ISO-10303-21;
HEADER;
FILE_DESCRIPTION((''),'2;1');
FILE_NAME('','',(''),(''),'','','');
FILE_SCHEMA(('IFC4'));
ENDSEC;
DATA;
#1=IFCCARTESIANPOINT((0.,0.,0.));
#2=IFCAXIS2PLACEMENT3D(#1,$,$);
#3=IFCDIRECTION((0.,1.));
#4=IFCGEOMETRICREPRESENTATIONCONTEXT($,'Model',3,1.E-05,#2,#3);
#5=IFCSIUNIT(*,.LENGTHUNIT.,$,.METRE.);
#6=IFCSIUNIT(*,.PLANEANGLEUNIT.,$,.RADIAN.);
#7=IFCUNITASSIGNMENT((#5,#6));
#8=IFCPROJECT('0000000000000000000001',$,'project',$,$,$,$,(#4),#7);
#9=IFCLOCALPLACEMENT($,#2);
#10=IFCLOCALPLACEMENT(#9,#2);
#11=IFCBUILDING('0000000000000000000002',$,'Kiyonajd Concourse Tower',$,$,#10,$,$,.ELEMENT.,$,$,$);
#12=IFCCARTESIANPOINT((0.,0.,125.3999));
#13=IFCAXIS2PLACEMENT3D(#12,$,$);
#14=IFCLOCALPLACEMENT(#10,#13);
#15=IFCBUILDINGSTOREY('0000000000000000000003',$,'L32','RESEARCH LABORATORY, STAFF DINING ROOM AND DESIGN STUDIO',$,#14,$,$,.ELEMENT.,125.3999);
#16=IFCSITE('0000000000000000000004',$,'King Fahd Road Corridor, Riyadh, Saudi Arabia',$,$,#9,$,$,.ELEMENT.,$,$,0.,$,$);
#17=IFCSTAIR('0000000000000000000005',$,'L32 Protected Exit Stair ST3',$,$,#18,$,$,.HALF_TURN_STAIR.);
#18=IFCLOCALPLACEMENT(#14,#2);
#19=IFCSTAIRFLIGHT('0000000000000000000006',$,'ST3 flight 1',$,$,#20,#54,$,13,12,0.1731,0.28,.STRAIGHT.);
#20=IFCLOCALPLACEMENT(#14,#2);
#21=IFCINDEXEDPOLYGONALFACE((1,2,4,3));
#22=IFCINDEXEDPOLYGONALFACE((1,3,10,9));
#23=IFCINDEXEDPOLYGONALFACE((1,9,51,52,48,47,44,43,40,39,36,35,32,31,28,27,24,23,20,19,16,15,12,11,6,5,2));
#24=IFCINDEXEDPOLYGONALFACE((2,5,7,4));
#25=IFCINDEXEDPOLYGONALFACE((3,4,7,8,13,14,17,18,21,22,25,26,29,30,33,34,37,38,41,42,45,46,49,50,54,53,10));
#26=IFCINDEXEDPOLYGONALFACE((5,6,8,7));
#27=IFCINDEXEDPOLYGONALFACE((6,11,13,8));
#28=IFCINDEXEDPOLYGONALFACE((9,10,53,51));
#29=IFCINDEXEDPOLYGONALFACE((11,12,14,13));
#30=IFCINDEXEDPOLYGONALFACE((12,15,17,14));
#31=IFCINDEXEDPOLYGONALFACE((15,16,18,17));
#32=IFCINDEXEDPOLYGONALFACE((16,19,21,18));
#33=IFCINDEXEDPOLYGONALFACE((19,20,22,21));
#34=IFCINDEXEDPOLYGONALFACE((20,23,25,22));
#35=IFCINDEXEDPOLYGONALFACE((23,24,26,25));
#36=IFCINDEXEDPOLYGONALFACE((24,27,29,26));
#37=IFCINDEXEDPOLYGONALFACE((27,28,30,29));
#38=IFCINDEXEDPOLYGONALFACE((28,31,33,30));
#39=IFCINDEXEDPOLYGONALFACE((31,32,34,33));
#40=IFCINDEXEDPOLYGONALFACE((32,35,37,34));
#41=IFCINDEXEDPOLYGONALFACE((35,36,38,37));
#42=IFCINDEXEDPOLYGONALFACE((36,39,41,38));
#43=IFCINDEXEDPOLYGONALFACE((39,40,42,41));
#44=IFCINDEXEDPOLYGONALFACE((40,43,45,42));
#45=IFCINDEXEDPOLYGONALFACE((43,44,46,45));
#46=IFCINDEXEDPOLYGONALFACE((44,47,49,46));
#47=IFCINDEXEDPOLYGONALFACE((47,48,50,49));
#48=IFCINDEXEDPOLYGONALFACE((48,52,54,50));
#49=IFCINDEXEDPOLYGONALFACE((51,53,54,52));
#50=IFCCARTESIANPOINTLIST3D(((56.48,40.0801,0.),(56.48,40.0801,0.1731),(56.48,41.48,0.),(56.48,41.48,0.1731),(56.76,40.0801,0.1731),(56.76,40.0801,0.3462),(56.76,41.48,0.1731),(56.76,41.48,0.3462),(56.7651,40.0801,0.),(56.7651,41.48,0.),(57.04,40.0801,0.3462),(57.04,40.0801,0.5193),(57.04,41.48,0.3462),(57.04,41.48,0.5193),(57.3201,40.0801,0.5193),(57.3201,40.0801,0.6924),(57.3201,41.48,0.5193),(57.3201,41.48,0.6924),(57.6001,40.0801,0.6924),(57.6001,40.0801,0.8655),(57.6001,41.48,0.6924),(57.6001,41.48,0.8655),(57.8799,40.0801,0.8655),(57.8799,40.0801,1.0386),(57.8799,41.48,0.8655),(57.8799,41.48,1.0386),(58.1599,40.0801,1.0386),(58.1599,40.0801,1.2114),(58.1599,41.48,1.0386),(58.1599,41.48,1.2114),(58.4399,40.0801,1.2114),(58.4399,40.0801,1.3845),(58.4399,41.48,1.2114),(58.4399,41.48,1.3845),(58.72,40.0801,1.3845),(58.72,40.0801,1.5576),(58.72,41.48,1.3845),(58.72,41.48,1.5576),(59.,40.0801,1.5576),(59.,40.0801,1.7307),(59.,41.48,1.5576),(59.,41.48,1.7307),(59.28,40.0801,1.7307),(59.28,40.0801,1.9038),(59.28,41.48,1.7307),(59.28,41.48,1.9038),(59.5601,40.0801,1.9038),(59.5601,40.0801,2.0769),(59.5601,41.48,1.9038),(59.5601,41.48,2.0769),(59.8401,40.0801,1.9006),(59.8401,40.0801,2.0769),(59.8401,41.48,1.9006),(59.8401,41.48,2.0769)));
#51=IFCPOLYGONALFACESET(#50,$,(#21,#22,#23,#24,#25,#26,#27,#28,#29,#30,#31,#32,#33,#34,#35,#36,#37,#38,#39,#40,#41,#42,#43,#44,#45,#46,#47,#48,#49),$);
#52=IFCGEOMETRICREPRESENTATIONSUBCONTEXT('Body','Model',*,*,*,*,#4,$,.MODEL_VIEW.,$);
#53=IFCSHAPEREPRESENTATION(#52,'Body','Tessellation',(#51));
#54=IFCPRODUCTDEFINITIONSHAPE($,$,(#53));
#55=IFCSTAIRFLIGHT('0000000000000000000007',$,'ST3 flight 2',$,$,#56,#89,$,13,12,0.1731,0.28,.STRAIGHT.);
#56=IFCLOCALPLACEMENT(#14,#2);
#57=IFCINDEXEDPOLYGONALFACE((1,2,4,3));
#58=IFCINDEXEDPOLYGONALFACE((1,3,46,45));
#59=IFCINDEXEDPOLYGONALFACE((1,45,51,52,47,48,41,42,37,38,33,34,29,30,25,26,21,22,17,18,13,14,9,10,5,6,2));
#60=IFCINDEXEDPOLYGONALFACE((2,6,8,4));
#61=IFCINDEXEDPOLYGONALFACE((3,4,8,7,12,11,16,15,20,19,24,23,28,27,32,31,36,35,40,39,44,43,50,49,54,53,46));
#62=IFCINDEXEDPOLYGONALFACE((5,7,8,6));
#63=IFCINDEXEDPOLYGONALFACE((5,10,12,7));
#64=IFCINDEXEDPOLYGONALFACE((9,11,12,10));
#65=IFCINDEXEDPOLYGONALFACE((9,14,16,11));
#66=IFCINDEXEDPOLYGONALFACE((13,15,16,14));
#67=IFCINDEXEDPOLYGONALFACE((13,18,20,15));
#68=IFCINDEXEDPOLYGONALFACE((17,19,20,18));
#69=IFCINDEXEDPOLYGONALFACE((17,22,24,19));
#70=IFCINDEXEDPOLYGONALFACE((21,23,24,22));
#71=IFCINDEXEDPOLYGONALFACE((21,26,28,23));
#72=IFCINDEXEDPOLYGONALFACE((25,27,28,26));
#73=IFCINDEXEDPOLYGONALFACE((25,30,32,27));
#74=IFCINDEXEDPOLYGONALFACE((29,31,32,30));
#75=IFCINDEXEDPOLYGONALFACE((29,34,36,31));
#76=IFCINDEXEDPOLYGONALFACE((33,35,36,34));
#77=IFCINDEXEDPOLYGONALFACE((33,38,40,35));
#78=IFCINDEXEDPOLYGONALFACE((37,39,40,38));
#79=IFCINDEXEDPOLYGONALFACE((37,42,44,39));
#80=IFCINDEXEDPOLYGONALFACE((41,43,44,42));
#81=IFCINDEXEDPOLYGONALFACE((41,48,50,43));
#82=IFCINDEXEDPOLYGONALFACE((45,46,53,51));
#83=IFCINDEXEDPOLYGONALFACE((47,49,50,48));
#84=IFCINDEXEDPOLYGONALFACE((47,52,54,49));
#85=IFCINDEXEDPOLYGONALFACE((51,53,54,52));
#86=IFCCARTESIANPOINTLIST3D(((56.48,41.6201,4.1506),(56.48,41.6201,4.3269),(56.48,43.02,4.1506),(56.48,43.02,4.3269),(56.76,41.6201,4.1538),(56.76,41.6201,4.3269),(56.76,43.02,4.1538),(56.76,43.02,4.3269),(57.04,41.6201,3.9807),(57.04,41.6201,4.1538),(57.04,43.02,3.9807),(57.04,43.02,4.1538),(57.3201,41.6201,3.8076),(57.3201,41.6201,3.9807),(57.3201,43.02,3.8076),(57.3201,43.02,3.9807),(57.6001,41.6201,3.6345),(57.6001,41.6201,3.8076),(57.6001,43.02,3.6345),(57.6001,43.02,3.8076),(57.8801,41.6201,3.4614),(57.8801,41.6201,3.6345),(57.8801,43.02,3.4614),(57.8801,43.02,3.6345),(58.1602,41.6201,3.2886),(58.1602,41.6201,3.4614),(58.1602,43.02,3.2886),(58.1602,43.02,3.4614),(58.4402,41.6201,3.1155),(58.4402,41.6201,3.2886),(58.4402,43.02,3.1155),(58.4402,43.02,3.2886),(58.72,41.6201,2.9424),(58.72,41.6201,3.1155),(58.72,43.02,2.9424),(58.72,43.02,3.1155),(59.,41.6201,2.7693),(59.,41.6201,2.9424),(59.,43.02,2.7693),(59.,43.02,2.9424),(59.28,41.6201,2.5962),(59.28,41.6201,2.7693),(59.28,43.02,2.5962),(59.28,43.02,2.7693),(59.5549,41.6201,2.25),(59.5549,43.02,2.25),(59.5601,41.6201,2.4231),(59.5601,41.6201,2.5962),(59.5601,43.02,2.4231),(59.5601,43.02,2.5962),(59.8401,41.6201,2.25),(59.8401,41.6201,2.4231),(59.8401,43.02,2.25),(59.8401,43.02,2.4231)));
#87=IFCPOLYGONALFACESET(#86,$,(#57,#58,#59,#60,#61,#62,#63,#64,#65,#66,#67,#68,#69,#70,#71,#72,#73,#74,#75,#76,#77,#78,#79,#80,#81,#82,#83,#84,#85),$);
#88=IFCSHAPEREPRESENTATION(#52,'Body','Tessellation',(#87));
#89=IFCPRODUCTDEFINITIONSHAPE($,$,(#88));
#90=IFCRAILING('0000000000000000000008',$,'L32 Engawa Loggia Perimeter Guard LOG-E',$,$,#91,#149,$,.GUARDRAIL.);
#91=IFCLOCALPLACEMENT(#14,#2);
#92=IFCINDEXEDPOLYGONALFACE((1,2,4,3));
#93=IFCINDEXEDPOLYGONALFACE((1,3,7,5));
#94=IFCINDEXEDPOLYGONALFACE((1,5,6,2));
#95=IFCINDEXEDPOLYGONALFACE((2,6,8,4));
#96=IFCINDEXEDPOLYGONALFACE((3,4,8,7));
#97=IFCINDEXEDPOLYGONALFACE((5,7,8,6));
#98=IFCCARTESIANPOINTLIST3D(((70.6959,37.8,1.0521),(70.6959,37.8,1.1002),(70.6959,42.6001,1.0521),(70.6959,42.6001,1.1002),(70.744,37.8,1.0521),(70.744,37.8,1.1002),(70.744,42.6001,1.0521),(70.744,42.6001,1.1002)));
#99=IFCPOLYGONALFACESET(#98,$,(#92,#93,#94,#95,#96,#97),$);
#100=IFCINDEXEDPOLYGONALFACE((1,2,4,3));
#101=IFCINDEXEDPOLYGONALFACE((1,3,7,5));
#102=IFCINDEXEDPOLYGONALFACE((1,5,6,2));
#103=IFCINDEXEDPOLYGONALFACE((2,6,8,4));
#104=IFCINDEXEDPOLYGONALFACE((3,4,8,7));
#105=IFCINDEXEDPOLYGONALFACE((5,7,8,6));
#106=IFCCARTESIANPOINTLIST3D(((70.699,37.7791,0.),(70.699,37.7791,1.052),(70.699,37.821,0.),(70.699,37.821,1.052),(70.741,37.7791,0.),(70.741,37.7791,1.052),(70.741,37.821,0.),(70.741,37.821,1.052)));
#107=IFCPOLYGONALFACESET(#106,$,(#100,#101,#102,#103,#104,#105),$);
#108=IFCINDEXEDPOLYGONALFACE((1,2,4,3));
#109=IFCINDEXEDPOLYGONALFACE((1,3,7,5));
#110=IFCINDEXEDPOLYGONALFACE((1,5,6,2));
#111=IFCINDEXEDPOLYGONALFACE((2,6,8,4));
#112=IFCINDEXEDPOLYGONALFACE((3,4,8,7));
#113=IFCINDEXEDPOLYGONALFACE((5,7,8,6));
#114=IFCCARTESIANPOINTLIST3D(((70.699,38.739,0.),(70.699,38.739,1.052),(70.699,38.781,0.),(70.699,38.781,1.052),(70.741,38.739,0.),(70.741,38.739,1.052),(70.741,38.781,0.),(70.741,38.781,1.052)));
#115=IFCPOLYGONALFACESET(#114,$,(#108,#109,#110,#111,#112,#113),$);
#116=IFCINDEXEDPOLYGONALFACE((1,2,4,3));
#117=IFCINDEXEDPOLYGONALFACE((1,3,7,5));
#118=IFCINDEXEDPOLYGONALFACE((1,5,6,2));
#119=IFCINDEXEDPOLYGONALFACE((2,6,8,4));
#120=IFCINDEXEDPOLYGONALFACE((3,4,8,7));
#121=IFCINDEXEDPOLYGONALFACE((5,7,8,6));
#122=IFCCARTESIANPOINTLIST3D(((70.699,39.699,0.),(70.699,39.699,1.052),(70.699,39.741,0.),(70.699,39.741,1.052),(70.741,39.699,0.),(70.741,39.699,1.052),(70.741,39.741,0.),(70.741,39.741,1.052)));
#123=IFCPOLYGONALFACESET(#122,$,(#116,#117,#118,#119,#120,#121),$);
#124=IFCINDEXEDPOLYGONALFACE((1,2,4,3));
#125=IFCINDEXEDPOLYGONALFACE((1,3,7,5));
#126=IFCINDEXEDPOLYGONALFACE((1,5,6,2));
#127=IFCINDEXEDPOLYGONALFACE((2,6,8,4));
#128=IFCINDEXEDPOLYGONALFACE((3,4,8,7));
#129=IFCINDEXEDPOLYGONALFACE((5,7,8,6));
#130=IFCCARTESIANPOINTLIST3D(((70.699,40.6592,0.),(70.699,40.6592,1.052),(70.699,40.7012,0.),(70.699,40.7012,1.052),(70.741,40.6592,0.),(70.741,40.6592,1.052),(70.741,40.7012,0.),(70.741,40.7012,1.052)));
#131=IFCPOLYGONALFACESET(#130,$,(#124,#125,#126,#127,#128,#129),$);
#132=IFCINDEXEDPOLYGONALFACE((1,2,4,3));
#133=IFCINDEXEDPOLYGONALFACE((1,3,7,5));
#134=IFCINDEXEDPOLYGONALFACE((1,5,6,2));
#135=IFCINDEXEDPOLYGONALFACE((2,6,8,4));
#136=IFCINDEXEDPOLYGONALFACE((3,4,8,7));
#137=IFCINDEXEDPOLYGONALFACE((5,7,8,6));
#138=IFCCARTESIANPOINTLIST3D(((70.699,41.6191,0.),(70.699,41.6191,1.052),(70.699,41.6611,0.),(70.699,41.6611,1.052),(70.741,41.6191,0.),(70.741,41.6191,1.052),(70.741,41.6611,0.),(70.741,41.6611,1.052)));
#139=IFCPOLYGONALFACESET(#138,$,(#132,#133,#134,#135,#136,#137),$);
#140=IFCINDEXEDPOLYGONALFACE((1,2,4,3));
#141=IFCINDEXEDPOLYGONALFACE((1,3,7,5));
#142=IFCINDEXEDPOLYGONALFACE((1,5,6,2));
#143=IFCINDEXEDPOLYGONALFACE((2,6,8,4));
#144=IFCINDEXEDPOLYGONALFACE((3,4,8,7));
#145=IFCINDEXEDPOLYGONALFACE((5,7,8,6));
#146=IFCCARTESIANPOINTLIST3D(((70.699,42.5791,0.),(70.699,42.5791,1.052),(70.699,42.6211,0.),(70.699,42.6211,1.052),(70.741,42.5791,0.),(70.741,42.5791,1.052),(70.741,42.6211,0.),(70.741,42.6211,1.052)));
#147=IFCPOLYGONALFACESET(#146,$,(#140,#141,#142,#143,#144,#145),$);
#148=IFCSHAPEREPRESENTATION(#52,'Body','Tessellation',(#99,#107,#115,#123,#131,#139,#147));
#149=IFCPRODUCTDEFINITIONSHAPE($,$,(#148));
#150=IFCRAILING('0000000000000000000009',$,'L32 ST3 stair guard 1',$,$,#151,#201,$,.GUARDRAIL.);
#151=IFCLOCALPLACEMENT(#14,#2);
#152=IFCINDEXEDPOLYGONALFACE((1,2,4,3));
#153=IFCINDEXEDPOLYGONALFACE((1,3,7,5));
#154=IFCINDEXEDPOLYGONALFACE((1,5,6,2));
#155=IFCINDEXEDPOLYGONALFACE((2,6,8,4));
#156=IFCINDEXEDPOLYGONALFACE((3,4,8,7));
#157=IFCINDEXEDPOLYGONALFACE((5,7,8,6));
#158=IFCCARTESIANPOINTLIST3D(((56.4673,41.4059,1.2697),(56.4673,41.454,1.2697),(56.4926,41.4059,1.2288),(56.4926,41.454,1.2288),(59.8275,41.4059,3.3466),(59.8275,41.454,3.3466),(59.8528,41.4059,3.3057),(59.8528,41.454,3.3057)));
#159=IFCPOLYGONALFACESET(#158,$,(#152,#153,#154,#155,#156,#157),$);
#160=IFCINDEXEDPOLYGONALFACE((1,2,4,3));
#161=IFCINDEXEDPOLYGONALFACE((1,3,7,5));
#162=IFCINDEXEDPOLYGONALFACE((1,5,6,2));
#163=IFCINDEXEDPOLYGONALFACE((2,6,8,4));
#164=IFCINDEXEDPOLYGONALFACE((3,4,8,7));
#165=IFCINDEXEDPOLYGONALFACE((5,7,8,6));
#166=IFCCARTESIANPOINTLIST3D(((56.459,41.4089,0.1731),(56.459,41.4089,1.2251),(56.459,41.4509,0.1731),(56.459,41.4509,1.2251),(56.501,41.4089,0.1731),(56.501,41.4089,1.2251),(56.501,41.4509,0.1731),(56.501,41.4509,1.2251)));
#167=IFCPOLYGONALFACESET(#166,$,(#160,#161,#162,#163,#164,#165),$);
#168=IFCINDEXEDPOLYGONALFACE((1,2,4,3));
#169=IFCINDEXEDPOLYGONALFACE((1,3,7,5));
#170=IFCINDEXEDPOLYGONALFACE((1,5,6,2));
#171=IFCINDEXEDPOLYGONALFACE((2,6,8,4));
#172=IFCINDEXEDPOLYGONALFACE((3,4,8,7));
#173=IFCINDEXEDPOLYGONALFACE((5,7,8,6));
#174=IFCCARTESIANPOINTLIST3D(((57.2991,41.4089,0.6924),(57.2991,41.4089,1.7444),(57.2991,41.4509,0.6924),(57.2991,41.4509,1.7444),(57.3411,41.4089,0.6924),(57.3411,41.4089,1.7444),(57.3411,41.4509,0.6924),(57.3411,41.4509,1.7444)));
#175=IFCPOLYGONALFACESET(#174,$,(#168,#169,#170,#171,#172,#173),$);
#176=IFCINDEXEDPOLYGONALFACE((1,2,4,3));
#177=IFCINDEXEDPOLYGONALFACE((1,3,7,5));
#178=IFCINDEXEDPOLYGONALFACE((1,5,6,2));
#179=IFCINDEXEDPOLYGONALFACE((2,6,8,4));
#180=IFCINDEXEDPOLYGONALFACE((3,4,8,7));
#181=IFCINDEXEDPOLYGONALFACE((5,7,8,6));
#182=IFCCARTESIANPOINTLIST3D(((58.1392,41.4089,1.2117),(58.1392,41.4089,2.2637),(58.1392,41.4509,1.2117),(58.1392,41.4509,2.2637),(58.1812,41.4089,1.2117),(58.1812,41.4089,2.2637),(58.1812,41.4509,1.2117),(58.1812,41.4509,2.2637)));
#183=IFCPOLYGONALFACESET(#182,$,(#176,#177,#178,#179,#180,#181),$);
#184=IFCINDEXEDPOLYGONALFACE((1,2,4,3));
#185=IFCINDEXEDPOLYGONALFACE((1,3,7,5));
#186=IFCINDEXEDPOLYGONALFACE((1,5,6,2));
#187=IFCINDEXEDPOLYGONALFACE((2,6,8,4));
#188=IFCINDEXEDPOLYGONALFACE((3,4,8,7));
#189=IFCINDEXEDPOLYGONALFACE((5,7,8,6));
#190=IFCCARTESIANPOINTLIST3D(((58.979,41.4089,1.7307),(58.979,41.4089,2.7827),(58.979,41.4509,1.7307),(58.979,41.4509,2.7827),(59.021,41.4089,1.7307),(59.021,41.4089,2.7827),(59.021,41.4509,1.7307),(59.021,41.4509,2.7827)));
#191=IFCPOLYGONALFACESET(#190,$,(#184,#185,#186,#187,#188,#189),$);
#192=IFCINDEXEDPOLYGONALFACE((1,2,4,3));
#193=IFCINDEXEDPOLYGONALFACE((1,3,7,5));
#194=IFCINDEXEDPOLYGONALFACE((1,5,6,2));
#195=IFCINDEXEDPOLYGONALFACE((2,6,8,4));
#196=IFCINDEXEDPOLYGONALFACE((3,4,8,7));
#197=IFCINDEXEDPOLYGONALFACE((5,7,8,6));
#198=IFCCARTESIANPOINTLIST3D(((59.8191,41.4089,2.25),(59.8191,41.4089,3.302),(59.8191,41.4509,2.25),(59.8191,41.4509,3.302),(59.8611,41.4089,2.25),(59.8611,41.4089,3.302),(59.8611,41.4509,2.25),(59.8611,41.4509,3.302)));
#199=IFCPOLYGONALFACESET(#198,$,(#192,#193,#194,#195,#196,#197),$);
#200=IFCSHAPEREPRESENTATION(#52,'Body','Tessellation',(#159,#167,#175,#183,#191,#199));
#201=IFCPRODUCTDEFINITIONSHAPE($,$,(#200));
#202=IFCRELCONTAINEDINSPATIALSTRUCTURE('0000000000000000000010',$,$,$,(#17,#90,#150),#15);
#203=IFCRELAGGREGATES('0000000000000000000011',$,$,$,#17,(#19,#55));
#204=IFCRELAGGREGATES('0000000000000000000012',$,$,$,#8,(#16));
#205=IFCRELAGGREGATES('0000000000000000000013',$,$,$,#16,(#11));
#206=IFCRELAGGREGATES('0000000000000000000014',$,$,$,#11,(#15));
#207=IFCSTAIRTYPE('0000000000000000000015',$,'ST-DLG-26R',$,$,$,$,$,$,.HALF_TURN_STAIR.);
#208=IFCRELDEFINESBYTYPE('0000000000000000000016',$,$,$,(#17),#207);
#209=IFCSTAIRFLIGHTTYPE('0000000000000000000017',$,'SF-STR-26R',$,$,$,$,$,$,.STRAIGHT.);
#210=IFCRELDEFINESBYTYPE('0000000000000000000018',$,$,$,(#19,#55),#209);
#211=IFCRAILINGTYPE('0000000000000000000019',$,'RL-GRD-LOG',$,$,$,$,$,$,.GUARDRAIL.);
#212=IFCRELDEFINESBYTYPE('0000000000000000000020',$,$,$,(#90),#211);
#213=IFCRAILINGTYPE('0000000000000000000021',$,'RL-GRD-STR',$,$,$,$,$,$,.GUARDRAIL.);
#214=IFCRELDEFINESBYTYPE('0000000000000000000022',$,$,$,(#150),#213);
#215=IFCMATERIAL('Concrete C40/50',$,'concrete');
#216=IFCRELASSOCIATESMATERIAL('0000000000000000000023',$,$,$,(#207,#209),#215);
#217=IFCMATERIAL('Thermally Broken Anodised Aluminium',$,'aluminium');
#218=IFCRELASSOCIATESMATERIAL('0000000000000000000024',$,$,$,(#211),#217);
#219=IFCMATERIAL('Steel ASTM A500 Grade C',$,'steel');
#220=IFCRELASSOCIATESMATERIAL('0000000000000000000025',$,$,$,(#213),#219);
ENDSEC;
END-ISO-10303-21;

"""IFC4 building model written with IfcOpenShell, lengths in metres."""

from ifc_helpers import new_model, si_unit, direction, frame, origin, origin_2d, place, context, subcontext, project, spatial, polyline, rectangle, outline, extrude, material, type_object, element, aggregate, save


model = new_model("IFC4")

# Units and contexts
model_context = context("Model", 3, precision=1e-05, world=origin(), true_north=direction((0.0, 1.0)))
body_context = subcontext(model_context, "Body", "Model", "MODEL_VIEW")
ifc_project = project(units=[si_unit("LENGTHUNIT", "METRE"), si_unit("PLANEANGLEUNIT", "RADIAN")], contexts=[model_context])

# Site, building, storey
site_placement = place(None, origin())
site = spatial("IfcSite", under=ifc_project, at=site_placement, Name="King Fahd Road Corridor, Riyadh, Saudi Arabia", CompositionType="ELEMENT", RefElevation=0.0)
building_placement = place(site_placement, origin())
building = spatial("IfcBuilding", under=site, at=building_placement, Name="Kiyonajd Concourse Tower", CompositionType="ELEMENT")
storey_placement = place(building_placement, frame((0.0, 0.0, 125.3999)))
storey = spatial("IfcBuildingStorey", under=building, at=storey_placement, Name="L32", Description="RESEARCH LABORATORY, STAFF DINING ROOM AND DESIGN STUDIO", CompositionType="ELEMENT", Elevation=125.3999)

# Shared definitions
ifc_material_1 = material(Name="Thermally Broken Anodised Aluminium", Category="aluminium")

# Stair, stair flights
ifc_material_2 = material(Name="Concrete C40/50", Category="concrete")
stair_type = type_object("IfcStairType", Name="ST-DLG-26R", PredefinedType="HALF_TURN_STAIR", material=ifc_material_2)
stair_placement = place(storey_placement, origin())
stair = element("IfcStair", 1, at=stair_placement, inside=storey, type_object=stair_type, Name="L32 Protected Exit Stair ST3", PredefinedType="HALF_TURN_STAIR")
stair_flight_type = type_object("IfcStairFlightType", Name="SF-STR-26R", PredefinedType="STRAIGHT", material=ifc_material_2)
stair_flight_1_placement = place(storey_placement, frame((56.48, 40.78, 0.0), z_axis=(0.0, 0.0, 1.0), x_axis=(1.0, 0.0, 0.0)))
stair_flight_1 = element("IfcStairFlight", 2, at=stair_flight_1_placement, type_object=stair_flight_type, Name="ST3 flight 1", NumberOfRisers=13, NumberOfTreads=12, PredefinedType="STRAIGHT", RiserHeight=0.1731, TreadLength=0.28, context=body_context, shape_type="SweptSolid", body=[
    extrude(outline(polyline([(0.0, 0.0), (0.0, 0.1731), (0.28, 0.1731), (0.28, 0.3462), (0.5601, 0.3462), (0.5601, 0.5193), (0.8401, 0.5193), (0.8401, 0.6924), (1.1201, 0.6924), (1.1201, 0.8655), (1.3999, 0.8655), (1.3999, 1.0386), (1.6799, 1.0386), (1.6799, 1.2114), (1.96, 1.2114), (1.96, 1.3845), (2.24, 1.3845), (2.24, 1.5576), (2.52, 1.5576), (2.52, 1.7307), (2.8, 1.7307), (2.8, 1.9038), (3.0801, 1.9038), (3.0801, 2.0769), (3.3601, 2.0769), (3.3601, 2.25), (3.3601, 1.9006), (0.2852, 0.0), (0.0, 0.0)])), frame((0.0, 0.7, 0.0), z_axis=(0.0, -1.0, 0.0), x_axis=(1.0, 0.0, 0.0)), (0.0, 0.0, 1.0), 1.3999),
])
stair_flight_2_placement = place(storey_placement, frame((59.8401, 42.3201, 2.25), z_axis=(0.0, 0.0, 1.0), x_axis=(-1.0, 0.0, 0.0)))
stair_flight_2 = element("IfcStairFlight", 3, at=stair_flight_2_placement, type_object=stair_flight_type, Name="ST3 flight 2", NumberOfRisers=13, NumberOfTreads=12, PredefinedType="STRAIGHT", RiserHeight=0.1731, TreadLength=0.28, context=body_context, shape_type="SweptSolid", body=[
    extrude(outline(polyline([(0.0, 0.0), (0.0, 0.1731), (0.28, 0.1731), (0.28, 0.3462), (0.5601, 0.3462), (0.5601, 0.5193), (0.8401, 0.5193), (0.8401, 0.6924), (1.1201, 0.6924), (1.1201, 0.8655), (1.3999, 0.8655), (1.3999, 1.0386), (1.6799, 1.0386), (1.6799, 1.2114), (1.96, 1.2114), (1.96, 1.3845), (2.24, 1.3845), (2.24, 1.5576), (2.52, 1.5576), (2.52, 1.7307), (2.8, 1.7307), (2.8, 1.9038), (3.0801, 1.9038), (3.0801, 2.0769), (3.3601, 2.0769), (3.3601, 2.25), (3.3601, 1.9006), (0.2852, 0.0), (0.0, 0.0)])), frame((0.0, 0.7, 0.0), z_axis=(0.0, -1.0, 0.0), x_axis=(1.0, 0.0, 0.0)), (0.0, 0.0, 1.0), 1.3999),
])
aggregate(stair, [stair_flight_1, stair_flight_2])

# Railings
railing_type_1 = type_object("IfcRailingType", Name="RL-GRD-LOG", PredefinedType="GUARDRAIL", material=ifc_material_1)
railing_1_placement = place(storey_placement, frame((70.72, 37.8, 0.0)))
element("IfcRailing", 4, at=railing_1_placement, inside=storey, type_object=railing_type_1, Name="L32 Engawa Loggia Perimeter Guard LOG-E", PredefinedType="GUARDRAIL", context=body_context, shape_type="SweptSolid", body=[
    extrude(rectangle(XDim=0.0481, YDim=0.0481, at=origin_2d()), frame((0.0, 0.0, 1.0762), z_axis=(0.0, 1.0, 0.0), x_axis=(-1.0, 0.0, 0.0)), (0.0, 0.0, 1.0), 4.8),
    extrude(rectangle(XDim=0.042, YDim=0.042, at=origin_2d()), origin(), (0.0, 0.0, 1.0), 1.052),
    extrude(rectangle(XDim=0.042, YDim=0.042, at=origin_2d()), frame((0.0, 0.96, 0.0)), (0.0, 0.0, 1.0), 1.052),
    extrude(rectangle(XDim=0.042, YDim=0.042, at=origin_2d()), frame((0.0, 1.9199, 0.0)), (0.0, 0.0, 1.0), 1.052),
    extrude(rectangle(XDim=0.042, YDim=0.042, at=origin_2d()), frame((0.0, 2.8801, 0.0)), (0.0, 0.0, 1.0), 1.052),
    extrude(rectangle(XDim=0.042, YDim=0.042, at=origin_2d()), frame((0.0, 3.8401, 0.0)), (0.0, 0.0, 1.0), 1.052),
    extrude(rectangle(XDim=0.042, YDim=0.042, at=origin_2d()), frame((0.0, 4.8, 0.0)), (0.0, 0.0, 1.0), 1.052),
])
ifc_material_3 = material(Name="Steel ASTM A500 Grade C", Category="steel")
railing_type_2 = type_object("IfcRailingType", Name="RL-GRD-STR", PredefinedType="GUARDRAIL", material=ifc_material_3)
railing_2_placement = place(storey_placement, frame((56.48, 41.4299, 0.1731)))
element("IfcRailing", 5, at=railing_2_placement, inside=storey, type_object=railing_type_2, Name="L32 ST3 stair guard 1", PredefinedType="GUARDRAIL", context=body_context, shape_type="SweptSolid", body=[
    extrude(rectangle(XDim=0.0481, YDim=0.0481, at=origin_2d()), frame((0.0, 0.0, 1.0762), z_axis=(0.850623, 0.0, 0.525776), x_axis=(0.0, 1.0, 0.0)), (0.0, 0.0, 1.0), 3.9502),
    extrude(rectangle(XDim=0.042, YDim=0.042, at=origin_2d()), origin(), (0.0, 0.0, 1.0), 1.052),
    extrude(rectangle(XDim=0.042, YDim=0.042, at=origin_2d()), frame((0.8401, 0.0, 0.5193)), (0.0, 0.0, 1.0), 1.052),
    extrude(rectangle(XDim=0.042, YDim=0.042, at=origin_2d()), frame((1.6802, 0.0, 1.0386)), (0.0, 0.0, 1.0), 1.052),
    extrude(rectangle(XDim=0.042, YDim=0.042, at=origin_2d()), frame((2.52, 0.0, 1.5576)), (0.0, 0.0, 1.0), 1.052),
    extrude(rectangle(XDim=0.042, YDim=0.042, at=origin_2d()), frame((3.3601, 0.0, 2.0769)), (0.0, 0.0, 1.0), 1.052),
])

save(model, "model.ifc")
